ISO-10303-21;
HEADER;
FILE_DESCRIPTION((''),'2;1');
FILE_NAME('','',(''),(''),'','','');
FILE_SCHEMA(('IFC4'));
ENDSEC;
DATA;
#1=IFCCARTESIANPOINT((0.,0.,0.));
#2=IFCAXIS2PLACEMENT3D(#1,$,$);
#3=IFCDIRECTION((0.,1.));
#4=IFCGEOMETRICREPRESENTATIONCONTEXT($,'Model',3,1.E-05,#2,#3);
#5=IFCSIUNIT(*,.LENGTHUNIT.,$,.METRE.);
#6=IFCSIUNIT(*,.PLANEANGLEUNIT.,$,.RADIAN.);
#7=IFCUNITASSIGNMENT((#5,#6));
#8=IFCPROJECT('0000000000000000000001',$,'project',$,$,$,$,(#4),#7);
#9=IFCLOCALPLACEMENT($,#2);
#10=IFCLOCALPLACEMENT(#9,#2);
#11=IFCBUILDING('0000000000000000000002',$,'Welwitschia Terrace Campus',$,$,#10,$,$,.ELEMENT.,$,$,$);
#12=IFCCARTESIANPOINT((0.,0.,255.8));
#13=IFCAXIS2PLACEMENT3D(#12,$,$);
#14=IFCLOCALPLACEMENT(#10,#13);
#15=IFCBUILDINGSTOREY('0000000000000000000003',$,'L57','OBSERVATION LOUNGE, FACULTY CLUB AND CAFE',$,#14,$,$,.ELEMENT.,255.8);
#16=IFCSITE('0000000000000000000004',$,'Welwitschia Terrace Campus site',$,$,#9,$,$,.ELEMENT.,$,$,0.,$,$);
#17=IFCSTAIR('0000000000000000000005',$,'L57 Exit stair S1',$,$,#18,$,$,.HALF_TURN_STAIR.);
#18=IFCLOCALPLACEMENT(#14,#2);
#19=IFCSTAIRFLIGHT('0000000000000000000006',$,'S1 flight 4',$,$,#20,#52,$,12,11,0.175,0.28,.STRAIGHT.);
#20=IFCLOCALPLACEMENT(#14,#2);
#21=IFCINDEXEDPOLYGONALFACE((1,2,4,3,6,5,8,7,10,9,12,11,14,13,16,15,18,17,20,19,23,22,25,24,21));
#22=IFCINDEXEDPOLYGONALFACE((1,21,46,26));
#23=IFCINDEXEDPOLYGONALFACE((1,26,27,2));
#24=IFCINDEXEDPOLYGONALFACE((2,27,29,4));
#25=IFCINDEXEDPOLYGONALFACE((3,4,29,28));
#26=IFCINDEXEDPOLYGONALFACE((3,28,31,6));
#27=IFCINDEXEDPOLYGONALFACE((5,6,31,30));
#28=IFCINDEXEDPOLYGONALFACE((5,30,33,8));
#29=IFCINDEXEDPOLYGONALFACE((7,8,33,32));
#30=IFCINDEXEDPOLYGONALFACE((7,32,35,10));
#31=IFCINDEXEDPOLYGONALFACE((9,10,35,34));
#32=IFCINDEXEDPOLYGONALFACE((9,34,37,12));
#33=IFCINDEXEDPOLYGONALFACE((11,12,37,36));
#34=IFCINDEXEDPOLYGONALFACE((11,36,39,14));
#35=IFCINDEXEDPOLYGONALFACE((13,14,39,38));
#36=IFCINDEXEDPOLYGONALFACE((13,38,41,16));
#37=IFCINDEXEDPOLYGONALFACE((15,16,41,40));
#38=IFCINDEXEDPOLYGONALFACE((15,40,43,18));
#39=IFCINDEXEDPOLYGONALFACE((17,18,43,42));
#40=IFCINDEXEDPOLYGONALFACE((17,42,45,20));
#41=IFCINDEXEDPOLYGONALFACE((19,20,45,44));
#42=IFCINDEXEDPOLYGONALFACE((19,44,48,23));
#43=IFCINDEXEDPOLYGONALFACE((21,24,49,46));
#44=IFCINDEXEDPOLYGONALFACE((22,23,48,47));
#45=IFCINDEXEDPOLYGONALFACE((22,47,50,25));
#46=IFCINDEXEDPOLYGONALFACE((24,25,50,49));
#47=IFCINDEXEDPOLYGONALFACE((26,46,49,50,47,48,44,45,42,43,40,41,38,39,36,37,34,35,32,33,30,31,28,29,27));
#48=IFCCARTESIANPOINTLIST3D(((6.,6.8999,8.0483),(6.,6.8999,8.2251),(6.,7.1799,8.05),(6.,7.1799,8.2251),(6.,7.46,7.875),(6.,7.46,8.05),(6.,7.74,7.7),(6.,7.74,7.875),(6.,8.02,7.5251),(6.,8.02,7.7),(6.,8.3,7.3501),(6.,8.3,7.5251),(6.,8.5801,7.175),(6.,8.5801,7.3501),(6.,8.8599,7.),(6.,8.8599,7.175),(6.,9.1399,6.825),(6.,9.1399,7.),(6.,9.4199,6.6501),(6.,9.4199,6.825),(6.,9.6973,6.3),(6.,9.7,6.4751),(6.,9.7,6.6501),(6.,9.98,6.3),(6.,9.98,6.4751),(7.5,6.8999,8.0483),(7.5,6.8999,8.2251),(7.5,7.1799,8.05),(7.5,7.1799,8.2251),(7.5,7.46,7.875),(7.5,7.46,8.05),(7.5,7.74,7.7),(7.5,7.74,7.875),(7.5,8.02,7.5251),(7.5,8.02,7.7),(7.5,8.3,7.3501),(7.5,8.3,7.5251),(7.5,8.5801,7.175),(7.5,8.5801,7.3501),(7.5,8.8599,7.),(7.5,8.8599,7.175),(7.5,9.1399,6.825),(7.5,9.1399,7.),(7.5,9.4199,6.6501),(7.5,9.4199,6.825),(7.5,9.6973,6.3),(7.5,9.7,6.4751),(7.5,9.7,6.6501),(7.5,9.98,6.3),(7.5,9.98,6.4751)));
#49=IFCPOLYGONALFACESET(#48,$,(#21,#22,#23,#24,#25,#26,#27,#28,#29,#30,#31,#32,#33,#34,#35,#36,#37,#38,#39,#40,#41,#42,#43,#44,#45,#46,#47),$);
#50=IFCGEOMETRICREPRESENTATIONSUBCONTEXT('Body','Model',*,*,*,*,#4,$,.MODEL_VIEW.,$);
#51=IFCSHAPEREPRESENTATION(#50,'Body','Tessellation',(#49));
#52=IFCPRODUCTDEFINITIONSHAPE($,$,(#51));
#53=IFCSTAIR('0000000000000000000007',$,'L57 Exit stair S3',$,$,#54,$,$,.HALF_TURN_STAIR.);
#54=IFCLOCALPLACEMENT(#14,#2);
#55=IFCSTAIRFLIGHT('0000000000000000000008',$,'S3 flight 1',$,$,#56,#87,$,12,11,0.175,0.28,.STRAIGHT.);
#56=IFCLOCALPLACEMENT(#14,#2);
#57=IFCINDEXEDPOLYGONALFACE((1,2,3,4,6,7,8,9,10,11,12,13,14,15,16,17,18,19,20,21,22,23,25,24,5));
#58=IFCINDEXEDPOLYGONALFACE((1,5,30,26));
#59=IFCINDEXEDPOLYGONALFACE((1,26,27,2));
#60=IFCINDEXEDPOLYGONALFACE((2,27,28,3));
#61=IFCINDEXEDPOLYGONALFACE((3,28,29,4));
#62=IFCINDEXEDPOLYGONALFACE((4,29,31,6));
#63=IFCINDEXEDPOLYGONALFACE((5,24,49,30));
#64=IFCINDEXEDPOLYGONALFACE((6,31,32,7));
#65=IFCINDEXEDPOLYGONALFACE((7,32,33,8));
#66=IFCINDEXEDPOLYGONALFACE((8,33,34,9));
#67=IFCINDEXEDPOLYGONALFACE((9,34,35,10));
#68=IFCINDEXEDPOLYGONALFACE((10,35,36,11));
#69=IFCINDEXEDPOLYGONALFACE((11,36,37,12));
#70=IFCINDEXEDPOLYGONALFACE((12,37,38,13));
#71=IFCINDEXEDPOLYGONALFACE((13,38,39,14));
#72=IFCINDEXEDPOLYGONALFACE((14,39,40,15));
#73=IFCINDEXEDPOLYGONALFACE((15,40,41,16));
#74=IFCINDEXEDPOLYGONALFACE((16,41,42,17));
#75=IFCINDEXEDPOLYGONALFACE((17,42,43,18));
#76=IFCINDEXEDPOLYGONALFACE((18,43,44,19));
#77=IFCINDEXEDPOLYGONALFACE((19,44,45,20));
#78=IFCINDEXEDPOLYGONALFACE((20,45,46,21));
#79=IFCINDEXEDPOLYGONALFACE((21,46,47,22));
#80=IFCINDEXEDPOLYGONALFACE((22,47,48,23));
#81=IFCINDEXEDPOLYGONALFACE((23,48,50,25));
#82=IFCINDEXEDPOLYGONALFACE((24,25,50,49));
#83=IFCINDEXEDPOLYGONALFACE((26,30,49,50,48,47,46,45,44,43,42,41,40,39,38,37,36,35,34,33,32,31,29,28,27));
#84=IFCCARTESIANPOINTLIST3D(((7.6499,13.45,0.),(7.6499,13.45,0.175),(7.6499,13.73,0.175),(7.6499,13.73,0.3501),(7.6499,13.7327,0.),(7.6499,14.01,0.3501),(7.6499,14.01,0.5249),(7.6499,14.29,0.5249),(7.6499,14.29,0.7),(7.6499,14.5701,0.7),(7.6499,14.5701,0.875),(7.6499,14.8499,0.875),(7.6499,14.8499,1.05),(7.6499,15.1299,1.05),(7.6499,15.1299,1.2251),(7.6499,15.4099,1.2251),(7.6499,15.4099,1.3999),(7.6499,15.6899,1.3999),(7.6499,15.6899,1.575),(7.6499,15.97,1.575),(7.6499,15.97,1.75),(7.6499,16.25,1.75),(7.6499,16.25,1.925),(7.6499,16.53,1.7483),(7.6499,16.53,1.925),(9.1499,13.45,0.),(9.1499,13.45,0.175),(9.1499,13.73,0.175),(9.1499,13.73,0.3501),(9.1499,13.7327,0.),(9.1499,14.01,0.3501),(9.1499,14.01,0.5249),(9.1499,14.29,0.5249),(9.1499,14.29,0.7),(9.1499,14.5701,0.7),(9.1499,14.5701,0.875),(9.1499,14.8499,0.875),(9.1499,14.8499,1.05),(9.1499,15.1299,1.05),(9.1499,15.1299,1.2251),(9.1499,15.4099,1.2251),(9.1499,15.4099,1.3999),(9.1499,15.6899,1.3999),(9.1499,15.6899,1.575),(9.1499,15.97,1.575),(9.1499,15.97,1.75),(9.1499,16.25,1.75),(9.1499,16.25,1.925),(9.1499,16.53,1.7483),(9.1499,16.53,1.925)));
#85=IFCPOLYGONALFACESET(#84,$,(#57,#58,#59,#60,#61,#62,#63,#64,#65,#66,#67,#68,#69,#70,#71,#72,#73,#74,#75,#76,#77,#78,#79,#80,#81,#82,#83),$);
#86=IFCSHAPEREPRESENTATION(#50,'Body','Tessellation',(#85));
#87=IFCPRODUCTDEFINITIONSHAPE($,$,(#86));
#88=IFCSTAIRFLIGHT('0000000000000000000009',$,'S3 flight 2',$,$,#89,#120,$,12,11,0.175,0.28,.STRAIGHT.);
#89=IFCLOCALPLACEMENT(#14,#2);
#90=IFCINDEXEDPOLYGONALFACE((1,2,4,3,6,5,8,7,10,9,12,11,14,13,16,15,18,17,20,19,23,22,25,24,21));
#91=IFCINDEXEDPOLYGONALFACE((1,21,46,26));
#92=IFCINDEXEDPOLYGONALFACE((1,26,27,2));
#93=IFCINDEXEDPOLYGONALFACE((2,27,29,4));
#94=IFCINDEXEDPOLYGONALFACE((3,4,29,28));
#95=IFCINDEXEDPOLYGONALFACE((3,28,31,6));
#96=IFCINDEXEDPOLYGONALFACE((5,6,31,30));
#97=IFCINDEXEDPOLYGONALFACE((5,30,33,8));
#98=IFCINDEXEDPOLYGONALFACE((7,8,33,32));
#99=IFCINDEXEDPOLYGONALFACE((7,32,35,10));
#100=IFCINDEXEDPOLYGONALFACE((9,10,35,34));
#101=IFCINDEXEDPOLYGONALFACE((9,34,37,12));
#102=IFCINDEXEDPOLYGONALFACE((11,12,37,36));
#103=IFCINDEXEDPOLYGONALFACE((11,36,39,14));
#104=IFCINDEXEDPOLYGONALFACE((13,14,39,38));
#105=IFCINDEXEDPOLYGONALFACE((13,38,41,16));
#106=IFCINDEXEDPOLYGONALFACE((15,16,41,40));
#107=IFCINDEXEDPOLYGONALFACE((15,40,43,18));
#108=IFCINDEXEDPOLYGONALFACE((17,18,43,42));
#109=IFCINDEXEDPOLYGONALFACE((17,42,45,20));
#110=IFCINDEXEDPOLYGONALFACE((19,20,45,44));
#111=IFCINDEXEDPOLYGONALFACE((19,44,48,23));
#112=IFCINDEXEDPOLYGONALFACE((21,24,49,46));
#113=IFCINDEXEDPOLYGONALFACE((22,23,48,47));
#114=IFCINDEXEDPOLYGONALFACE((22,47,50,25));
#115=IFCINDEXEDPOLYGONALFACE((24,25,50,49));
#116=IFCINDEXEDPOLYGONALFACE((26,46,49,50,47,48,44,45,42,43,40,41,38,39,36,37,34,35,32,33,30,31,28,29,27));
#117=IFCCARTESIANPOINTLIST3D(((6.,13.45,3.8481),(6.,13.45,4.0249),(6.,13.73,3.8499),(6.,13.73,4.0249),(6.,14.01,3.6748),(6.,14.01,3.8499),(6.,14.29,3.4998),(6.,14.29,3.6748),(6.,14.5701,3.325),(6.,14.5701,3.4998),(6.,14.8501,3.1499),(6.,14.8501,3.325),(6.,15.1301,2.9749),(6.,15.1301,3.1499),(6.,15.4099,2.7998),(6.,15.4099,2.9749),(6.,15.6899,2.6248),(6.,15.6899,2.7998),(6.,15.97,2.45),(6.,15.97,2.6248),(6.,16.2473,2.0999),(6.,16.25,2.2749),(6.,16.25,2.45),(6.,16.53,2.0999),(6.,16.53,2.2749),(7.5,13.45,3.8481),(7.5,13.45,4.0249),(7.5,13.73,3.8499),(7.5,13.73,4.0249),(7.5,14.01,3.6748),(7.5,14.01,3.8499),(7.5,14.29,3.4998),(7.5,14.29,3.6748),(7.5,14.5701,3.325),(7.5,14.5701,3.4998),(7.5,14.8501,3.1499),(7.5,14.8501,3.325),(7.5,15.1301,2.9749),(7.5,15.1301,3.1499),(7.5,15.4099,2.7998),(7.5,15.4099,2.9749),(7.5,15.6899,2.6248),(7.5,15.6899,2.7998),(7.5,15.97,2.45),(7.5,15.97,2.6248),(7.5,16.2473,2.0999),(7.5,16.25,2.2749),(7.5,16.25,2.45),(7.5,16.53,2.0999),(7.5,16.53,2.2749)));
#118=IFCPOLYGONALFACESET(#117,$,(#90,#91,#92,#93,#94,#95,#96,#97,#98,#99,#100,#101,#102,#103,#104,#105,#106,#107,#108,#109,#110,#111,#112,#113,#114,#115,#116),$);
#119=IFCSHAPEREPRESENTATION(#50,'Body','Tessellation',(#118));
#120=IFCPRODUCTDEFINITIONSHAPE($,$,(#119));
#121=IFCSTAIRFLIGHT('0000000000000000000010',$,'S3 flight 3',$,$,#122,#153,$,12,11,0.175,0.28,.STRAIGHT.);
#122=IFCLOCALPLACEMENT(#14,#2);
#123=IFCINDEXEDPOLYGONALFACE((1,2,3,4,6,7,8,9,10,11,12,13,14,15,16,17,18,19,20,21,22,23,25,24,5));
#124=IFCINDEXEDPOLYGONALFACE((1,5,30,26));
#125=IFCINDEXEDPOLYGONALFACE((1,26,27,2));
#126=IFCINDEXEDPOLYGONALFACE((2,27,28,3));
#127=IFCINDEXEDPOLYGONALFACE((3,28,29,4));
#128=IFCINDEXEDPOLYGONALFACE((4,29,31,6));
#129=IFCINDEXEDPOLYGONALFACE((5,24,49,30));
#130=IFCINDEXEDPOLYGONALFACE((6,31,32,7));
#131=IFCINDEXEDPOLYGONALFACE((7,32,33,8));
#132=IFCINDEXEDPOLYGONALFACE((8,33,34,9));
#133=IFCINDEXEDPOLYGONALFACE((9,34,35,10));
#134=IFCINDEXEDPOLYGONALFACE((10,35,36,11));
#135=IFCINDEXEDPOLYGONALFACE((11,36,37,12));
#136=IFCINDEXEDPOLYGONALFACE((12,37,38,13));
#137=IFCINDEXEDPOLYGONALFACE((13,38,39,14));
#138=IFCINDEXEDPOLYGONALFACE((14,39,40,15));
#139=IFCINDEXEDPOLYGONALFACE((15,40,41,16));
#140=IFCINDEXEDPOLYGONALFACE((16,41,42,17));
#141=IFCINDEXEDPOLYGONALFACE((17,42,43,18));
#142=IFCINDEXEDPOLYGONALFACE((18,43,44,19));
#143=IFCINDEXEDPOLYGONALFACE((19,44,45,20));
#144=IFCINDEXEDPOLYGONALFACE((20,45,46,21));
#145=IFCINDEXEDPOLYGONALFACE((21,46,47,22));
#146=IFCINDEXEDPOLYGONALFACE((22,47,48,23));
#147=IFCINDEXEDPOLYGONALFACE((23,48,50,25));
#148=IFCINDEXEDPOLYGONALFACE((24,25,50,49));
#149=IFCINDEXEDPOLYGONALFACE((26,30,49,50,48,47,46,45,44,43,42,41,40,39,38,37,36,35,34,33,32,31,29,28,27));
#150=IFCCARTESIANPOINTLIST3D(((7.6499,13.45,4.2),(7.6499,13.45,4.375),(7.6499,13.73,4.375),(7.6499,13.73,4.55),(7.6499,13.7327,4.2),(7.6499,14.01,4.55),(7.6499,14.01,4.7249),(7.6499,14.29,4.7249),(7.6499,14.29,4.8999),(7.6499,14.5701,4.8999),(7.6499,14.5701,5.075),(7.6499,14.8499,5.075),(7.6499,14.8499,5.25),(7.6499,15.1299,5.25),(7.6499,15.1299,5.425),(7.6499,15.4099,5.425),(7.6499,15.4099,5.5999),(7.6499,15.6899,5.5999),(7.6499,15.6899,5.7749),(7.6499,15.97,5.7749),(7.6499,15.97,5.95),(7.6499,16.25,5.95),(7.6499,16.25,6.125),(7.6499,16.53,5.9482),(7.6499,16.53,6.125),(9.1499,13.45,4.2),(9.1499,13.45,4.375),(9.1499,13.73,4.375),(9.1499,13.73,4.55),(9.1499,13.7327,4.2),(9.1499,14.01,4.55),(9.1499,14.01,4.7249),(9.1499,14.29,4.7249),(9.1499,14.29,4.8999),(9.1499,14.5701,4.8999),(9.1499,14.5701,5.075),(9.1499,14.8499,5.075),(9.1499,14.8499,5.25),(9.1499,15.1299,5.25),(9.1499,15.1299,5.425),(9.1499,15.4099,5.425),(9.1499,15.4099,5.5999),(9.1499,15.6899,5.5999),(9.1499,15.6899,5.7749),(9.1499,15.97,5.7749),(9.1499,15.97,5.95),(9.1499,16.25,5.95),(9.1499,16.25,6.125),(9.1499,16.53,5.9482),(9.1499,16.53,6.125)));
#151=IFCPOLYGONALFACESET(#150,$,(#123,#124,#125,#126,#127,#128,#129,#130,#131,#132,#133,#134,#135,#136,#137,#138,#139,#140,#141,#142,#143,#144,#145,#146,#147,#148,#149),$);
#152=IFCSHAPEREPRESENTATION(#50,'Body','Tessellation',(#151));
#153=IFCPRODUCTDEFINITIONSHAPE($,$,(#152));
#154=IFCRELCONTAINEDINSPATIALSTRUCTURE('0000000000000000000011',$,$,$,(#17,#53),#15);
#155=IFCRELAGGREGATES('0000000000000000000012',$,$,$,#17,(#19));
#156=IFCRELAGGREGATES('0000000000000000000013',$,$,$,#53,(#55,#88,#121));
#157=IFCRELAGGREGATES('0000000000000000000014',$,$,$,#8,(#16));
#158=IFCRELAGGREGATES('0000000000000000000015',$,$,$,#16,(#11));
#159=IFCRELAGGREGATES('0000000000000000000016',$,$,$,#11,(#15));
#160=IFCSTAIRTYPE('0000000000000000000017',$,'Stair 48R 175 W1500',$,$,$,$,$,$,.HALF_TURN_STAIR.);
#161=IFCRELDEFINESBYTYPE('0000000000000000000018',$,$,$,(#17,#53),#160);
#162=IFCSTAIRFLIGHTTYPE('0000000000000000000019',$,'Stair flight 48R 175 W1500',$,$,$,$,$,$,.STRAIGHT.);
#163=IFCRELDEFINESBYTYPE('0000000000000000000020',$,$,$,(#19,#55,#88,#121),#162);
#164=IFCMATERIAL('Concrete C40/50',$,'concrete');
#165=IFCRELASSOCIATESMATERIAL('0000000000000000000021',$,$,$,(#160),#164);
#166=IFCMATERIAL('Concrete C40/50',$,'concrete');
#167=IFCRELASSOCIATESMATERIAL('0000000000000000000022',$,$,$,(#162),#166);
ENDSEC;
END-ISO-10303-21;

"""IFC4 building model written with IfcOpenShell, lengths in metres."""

from ifc_helpers import new_model, si_unit, direction, frame, origin, place, context, subcontext, project, spatial, polyline, outline, extrude, material, type_object, element, aggregate, save


model = new_model("IFC4")

# Units and contexts
model_context = context("Model", 3, precision=1e-05, world=origin(), true_north=direction((0.0, 1.0)))
body_context = subcontext(model_context, "Body", "Model", "MODEL_VIEW")
ifc_project = project(units=[si_unit("LENGTHUNIT", "METRE"), si_unit("PLANEANGLEUNIT", "RADIAN")], contexts=[model_context])

# Site, building, storey
site_placement = place(None, origin())
site = spatial("IfcSite", under=ifc_project, at=site_placement, Name="Welwitschia Terrace Campus site", CompositionType="ELEMENT", RefElevation=0.0)
building_placement = place(site_placement, origin())
building = spatial("IfcBuilding", under=site, at=building_placement, Name="Welwitschia Terrace Campus", CompositionType="ELEMENT")
storey_placement = place(building_placement, frame((0.0, 0.0, 255.8)))
storey = spatial("IfcBuildingStorey", under=building, at=storey_placement, Name="L57", Description="OBSERVATION LOUNGE, FACULTY CLUB AND CAFE", CompositionType="ELEMENT", Elevation=255.8)

# Stairs, stair flights
ifc_material_1 = material(Name="Concrete C40/50", Category="concrete")
stair_type = type_object("IfcStairType", Name="Stair 48R 175 W1500", PredefinedType="HALF_TURN_STAIR", material=ifc_material_1)
stair_1_placement = place(storey_placement, origin())
stair_1 = element("IfcStair", 1, at=stair_1_placement, inside=storey, type_object=stair_type, Name="L57 Exit stair S1", PredefinedType="HALF_TURN_STAIR")
ifc_material_2 = material(Name="Concrete C40/50", Category="concrete")
stair_flight_type = type_object("IfcStairFlightType", Name="Stair flight 48R 175 W1500", PredefinedType="STRAIGHT", material=ifc_material_2)
stair_flight_1_placement = place(storey_placement, frame((6.75, 9.98, 6.3), z_axis=(0.0, 0.0, 1.0), x_axis=(0.0, -1.0, 0.0)))
stair_flight_1 = element("IfcStairFlight", 2, at=stair_flight_1_placement, type_object=stair_flight_type, Name="S1 flight 4", NumberOfRisers=12, NumberOfTreads=11, PredefinedType="STRAIGHT", RiserHeight=0.175, TreadLength=0.28, context=body_context, shape_type="SweptSolid", body=[
    extrude(outline(polyline([(0.0, 0.0), (0.0, 0.175), (0.28, 0.175), (0.28, 0.3501), (0.5601, 0.3501), (0.5601, 0.5249), (0.8401, 0.5249), (0.8401, 0.7), (1.1201, 0.7), (1.1201, 0.875), (1.3999, 0.875), (1.3999, 1.05), (1.6799, 1.05), (1.6799, 1.2251), (1.96, 1.2251), (1.96, 1.3999), (2.24, 1.3999), (2.24, 1.575), (2.52, 1.575), (2.52, 1.75), (2.8, 1.75), (2.8, 1.925), (3.0801, 1.925), (3.0801, 2.1001), (3.0801, 1.7483), (0.2827, 0.0), (0.0, 0.0)])), frame((0.0, 0.75, 0.0), z_axis=(0.0, -1.0, 0.0), x_axis=(1.0, 0.0, 0.0)), (0.0, 0.0, 1.0), 1.5),
])
aggregate(stair_1, [stair_flight_1])
stair_2_placement = place(storey_placement, origin())
stair_2 = element("IfcStair", 3, at=stair_2_placement, inside=storey, type_object=stair_type, Name="L57 Exit stair S3", PredefinedType="HALF_TURN_STAIR")
stair_flight_2_placement = place(storey_placement, frame((8.3999, 13.45, 0.0), z_axis=(0.0, 0.0, 1.0), x_axis=(0.0, 1.0, 0.0)))
stair_flight_2 = element("IfcStairFlight", 4, at=stair_flight_2_placement, type_object=stair_flight_type, Name="S3 flight 1", NumberOfRisers=12, NumberOfTreads=11, PredefinedType="STRAIGHT", RiserHeight=0.175, TreadLength=0.28, context=body_context, shape_type="SweptSolid", body=[
    extrude(outline(polyline([(0.0, 0.0), (0.0, 0.175), (0.28, 0.175), (0.28, 0.3501), (0.5601, 0.3501), (0.5601, 0.5249), (0.8401, 0.5249), (0.8401, 0.7), (1.1201, 0.7), (1.1201, 0.875), (1.3999, 0.875), (1.3999, 1.05), (1.6799, 1.05), (1.6799, 1.2251), (1.96, 1.2251), (1.96, 1.3999), (2.24, 1.3999), (2.24, 1.575), (2.52, 1.575), (2.52, 1.75), (2.8, 1.75), (2.8, 1.925), (3.0801, 1.925), (3.0801, 2.1001), (3.0801, 1.7483), (0.2827, 0.0), (0.0, 0.0)])), frame((0.0, 0.75, 0.0), z_axis=(0.0, -1.0, 0.0), x_axis=(1.0, 0.0, 0.0)), (0.0, 0.0, 1.0), 1.5),
])
stair_flight_3_placement = place(storey_placement, frame((6.75, 16.53, 2.0999), z_axis=(0.0, 0.0, 1.0), x_axis=(0.0, -1.0, 0.0)))
stair_flight_3 = element("IfcStairFlight", 5, at=stair_flight_3_placement, type_object=stair_flight_type, Name="S3 flight 2", NumberOfRisers=12, NumberOfTreads=11, PredefinedType="STRAIGHT", RiserHeight=0.175, TreadLength=0.28, context=body_context, shape_type="SweptSolid", body=[
    extrude(outline(polyline([(0.0, 0.0), (0.0, 0.175), (0.28, 0.175), (0.28, 0.3501), (0.5601, 0.3501), (0.5601, 0.5249), (0.8401, 0.5249), (0.8401, 0.7), (1.1201, 0.7), (1.1201, 0.875), (1.3999, 0.875), (1.3999, 1.05), (1.6799, 1.05), (1.6799, 1.2251), (1.96, 1.2251), (1.96, 1.3999), (2.24, 1.3999), (2.24, 1.575), (2.52, 1.575), (2.52, 1.75), (2.8, 1.75), (2.8, 1.925), (3.0801, 1.925), (3.0801, 2.1001), (3.0801, 1.7483), (0.2827, 0.0), (0.0, 0.0)])), frame((0.0, 0.75, 0.0), z_axis=(0.0, -1.0, 0.0), x_axis=(1.0, 0.0, 0.0)), (0.0, 0.0, 1.0), 1.5),
])
stair_flight_4_placement = place(storey_placement, frame((8.3999, 13.45, 4.2), z_axis=(0.0, 0.0, 1.0), x_axis=(0.0, 1.0, 0.0)))
stair_flight_4 = element("IfcStairFlight", 6, at=stair_flight_4_placement, type_object=stair_flight_type, Name="S3 flight 3", NumberOfRisers=12, NumberOfTreads=11, PredefinedType="STRAIGHT", RiserHeight=0.175, TreadLength=0.28, context=body_context, shape_type="SweptSolid", body=[
    extrude(outline(polyline([(0.0, 0.0), (0.0, 0.175), (0.28, 0.175), (0.28, 0.3501), (0.5601, 0.3501), (0.5601, 0.5249), (0.8401, 0.5249), (0.8401, 0.7), (1.1201, 0.7), (1.1201, 0.875), (1.3999, 0.875), (1.3999, 1.05), (1.6799, 1.05), (1.6799, 1.2251), (1.96, 1.2251), (1.96, 1.3999), (2.24, 1.3999), (2.24, 1.575), (2.52, 1.575), (2.52, 1.75), (2.8, 1.75), (2.8, 1.925), (3.0801, 1.925), (3.0801, 2.1001), (3.0801, 1.7483), (0.2827, 0.0), (0.0, 0.0)])), frame((0.0, 0.75, 0.0), z_axis=(0.0, -1.0, 0.0), x_axis=(1.0, 0.0, 0.0)), (0.0, 0.0, 1.0), 1.5),
])
aggregate(stair_2, [stair_flight_2, stair_flight_3, stair_flight_4])

save(model, "model.ifc")
